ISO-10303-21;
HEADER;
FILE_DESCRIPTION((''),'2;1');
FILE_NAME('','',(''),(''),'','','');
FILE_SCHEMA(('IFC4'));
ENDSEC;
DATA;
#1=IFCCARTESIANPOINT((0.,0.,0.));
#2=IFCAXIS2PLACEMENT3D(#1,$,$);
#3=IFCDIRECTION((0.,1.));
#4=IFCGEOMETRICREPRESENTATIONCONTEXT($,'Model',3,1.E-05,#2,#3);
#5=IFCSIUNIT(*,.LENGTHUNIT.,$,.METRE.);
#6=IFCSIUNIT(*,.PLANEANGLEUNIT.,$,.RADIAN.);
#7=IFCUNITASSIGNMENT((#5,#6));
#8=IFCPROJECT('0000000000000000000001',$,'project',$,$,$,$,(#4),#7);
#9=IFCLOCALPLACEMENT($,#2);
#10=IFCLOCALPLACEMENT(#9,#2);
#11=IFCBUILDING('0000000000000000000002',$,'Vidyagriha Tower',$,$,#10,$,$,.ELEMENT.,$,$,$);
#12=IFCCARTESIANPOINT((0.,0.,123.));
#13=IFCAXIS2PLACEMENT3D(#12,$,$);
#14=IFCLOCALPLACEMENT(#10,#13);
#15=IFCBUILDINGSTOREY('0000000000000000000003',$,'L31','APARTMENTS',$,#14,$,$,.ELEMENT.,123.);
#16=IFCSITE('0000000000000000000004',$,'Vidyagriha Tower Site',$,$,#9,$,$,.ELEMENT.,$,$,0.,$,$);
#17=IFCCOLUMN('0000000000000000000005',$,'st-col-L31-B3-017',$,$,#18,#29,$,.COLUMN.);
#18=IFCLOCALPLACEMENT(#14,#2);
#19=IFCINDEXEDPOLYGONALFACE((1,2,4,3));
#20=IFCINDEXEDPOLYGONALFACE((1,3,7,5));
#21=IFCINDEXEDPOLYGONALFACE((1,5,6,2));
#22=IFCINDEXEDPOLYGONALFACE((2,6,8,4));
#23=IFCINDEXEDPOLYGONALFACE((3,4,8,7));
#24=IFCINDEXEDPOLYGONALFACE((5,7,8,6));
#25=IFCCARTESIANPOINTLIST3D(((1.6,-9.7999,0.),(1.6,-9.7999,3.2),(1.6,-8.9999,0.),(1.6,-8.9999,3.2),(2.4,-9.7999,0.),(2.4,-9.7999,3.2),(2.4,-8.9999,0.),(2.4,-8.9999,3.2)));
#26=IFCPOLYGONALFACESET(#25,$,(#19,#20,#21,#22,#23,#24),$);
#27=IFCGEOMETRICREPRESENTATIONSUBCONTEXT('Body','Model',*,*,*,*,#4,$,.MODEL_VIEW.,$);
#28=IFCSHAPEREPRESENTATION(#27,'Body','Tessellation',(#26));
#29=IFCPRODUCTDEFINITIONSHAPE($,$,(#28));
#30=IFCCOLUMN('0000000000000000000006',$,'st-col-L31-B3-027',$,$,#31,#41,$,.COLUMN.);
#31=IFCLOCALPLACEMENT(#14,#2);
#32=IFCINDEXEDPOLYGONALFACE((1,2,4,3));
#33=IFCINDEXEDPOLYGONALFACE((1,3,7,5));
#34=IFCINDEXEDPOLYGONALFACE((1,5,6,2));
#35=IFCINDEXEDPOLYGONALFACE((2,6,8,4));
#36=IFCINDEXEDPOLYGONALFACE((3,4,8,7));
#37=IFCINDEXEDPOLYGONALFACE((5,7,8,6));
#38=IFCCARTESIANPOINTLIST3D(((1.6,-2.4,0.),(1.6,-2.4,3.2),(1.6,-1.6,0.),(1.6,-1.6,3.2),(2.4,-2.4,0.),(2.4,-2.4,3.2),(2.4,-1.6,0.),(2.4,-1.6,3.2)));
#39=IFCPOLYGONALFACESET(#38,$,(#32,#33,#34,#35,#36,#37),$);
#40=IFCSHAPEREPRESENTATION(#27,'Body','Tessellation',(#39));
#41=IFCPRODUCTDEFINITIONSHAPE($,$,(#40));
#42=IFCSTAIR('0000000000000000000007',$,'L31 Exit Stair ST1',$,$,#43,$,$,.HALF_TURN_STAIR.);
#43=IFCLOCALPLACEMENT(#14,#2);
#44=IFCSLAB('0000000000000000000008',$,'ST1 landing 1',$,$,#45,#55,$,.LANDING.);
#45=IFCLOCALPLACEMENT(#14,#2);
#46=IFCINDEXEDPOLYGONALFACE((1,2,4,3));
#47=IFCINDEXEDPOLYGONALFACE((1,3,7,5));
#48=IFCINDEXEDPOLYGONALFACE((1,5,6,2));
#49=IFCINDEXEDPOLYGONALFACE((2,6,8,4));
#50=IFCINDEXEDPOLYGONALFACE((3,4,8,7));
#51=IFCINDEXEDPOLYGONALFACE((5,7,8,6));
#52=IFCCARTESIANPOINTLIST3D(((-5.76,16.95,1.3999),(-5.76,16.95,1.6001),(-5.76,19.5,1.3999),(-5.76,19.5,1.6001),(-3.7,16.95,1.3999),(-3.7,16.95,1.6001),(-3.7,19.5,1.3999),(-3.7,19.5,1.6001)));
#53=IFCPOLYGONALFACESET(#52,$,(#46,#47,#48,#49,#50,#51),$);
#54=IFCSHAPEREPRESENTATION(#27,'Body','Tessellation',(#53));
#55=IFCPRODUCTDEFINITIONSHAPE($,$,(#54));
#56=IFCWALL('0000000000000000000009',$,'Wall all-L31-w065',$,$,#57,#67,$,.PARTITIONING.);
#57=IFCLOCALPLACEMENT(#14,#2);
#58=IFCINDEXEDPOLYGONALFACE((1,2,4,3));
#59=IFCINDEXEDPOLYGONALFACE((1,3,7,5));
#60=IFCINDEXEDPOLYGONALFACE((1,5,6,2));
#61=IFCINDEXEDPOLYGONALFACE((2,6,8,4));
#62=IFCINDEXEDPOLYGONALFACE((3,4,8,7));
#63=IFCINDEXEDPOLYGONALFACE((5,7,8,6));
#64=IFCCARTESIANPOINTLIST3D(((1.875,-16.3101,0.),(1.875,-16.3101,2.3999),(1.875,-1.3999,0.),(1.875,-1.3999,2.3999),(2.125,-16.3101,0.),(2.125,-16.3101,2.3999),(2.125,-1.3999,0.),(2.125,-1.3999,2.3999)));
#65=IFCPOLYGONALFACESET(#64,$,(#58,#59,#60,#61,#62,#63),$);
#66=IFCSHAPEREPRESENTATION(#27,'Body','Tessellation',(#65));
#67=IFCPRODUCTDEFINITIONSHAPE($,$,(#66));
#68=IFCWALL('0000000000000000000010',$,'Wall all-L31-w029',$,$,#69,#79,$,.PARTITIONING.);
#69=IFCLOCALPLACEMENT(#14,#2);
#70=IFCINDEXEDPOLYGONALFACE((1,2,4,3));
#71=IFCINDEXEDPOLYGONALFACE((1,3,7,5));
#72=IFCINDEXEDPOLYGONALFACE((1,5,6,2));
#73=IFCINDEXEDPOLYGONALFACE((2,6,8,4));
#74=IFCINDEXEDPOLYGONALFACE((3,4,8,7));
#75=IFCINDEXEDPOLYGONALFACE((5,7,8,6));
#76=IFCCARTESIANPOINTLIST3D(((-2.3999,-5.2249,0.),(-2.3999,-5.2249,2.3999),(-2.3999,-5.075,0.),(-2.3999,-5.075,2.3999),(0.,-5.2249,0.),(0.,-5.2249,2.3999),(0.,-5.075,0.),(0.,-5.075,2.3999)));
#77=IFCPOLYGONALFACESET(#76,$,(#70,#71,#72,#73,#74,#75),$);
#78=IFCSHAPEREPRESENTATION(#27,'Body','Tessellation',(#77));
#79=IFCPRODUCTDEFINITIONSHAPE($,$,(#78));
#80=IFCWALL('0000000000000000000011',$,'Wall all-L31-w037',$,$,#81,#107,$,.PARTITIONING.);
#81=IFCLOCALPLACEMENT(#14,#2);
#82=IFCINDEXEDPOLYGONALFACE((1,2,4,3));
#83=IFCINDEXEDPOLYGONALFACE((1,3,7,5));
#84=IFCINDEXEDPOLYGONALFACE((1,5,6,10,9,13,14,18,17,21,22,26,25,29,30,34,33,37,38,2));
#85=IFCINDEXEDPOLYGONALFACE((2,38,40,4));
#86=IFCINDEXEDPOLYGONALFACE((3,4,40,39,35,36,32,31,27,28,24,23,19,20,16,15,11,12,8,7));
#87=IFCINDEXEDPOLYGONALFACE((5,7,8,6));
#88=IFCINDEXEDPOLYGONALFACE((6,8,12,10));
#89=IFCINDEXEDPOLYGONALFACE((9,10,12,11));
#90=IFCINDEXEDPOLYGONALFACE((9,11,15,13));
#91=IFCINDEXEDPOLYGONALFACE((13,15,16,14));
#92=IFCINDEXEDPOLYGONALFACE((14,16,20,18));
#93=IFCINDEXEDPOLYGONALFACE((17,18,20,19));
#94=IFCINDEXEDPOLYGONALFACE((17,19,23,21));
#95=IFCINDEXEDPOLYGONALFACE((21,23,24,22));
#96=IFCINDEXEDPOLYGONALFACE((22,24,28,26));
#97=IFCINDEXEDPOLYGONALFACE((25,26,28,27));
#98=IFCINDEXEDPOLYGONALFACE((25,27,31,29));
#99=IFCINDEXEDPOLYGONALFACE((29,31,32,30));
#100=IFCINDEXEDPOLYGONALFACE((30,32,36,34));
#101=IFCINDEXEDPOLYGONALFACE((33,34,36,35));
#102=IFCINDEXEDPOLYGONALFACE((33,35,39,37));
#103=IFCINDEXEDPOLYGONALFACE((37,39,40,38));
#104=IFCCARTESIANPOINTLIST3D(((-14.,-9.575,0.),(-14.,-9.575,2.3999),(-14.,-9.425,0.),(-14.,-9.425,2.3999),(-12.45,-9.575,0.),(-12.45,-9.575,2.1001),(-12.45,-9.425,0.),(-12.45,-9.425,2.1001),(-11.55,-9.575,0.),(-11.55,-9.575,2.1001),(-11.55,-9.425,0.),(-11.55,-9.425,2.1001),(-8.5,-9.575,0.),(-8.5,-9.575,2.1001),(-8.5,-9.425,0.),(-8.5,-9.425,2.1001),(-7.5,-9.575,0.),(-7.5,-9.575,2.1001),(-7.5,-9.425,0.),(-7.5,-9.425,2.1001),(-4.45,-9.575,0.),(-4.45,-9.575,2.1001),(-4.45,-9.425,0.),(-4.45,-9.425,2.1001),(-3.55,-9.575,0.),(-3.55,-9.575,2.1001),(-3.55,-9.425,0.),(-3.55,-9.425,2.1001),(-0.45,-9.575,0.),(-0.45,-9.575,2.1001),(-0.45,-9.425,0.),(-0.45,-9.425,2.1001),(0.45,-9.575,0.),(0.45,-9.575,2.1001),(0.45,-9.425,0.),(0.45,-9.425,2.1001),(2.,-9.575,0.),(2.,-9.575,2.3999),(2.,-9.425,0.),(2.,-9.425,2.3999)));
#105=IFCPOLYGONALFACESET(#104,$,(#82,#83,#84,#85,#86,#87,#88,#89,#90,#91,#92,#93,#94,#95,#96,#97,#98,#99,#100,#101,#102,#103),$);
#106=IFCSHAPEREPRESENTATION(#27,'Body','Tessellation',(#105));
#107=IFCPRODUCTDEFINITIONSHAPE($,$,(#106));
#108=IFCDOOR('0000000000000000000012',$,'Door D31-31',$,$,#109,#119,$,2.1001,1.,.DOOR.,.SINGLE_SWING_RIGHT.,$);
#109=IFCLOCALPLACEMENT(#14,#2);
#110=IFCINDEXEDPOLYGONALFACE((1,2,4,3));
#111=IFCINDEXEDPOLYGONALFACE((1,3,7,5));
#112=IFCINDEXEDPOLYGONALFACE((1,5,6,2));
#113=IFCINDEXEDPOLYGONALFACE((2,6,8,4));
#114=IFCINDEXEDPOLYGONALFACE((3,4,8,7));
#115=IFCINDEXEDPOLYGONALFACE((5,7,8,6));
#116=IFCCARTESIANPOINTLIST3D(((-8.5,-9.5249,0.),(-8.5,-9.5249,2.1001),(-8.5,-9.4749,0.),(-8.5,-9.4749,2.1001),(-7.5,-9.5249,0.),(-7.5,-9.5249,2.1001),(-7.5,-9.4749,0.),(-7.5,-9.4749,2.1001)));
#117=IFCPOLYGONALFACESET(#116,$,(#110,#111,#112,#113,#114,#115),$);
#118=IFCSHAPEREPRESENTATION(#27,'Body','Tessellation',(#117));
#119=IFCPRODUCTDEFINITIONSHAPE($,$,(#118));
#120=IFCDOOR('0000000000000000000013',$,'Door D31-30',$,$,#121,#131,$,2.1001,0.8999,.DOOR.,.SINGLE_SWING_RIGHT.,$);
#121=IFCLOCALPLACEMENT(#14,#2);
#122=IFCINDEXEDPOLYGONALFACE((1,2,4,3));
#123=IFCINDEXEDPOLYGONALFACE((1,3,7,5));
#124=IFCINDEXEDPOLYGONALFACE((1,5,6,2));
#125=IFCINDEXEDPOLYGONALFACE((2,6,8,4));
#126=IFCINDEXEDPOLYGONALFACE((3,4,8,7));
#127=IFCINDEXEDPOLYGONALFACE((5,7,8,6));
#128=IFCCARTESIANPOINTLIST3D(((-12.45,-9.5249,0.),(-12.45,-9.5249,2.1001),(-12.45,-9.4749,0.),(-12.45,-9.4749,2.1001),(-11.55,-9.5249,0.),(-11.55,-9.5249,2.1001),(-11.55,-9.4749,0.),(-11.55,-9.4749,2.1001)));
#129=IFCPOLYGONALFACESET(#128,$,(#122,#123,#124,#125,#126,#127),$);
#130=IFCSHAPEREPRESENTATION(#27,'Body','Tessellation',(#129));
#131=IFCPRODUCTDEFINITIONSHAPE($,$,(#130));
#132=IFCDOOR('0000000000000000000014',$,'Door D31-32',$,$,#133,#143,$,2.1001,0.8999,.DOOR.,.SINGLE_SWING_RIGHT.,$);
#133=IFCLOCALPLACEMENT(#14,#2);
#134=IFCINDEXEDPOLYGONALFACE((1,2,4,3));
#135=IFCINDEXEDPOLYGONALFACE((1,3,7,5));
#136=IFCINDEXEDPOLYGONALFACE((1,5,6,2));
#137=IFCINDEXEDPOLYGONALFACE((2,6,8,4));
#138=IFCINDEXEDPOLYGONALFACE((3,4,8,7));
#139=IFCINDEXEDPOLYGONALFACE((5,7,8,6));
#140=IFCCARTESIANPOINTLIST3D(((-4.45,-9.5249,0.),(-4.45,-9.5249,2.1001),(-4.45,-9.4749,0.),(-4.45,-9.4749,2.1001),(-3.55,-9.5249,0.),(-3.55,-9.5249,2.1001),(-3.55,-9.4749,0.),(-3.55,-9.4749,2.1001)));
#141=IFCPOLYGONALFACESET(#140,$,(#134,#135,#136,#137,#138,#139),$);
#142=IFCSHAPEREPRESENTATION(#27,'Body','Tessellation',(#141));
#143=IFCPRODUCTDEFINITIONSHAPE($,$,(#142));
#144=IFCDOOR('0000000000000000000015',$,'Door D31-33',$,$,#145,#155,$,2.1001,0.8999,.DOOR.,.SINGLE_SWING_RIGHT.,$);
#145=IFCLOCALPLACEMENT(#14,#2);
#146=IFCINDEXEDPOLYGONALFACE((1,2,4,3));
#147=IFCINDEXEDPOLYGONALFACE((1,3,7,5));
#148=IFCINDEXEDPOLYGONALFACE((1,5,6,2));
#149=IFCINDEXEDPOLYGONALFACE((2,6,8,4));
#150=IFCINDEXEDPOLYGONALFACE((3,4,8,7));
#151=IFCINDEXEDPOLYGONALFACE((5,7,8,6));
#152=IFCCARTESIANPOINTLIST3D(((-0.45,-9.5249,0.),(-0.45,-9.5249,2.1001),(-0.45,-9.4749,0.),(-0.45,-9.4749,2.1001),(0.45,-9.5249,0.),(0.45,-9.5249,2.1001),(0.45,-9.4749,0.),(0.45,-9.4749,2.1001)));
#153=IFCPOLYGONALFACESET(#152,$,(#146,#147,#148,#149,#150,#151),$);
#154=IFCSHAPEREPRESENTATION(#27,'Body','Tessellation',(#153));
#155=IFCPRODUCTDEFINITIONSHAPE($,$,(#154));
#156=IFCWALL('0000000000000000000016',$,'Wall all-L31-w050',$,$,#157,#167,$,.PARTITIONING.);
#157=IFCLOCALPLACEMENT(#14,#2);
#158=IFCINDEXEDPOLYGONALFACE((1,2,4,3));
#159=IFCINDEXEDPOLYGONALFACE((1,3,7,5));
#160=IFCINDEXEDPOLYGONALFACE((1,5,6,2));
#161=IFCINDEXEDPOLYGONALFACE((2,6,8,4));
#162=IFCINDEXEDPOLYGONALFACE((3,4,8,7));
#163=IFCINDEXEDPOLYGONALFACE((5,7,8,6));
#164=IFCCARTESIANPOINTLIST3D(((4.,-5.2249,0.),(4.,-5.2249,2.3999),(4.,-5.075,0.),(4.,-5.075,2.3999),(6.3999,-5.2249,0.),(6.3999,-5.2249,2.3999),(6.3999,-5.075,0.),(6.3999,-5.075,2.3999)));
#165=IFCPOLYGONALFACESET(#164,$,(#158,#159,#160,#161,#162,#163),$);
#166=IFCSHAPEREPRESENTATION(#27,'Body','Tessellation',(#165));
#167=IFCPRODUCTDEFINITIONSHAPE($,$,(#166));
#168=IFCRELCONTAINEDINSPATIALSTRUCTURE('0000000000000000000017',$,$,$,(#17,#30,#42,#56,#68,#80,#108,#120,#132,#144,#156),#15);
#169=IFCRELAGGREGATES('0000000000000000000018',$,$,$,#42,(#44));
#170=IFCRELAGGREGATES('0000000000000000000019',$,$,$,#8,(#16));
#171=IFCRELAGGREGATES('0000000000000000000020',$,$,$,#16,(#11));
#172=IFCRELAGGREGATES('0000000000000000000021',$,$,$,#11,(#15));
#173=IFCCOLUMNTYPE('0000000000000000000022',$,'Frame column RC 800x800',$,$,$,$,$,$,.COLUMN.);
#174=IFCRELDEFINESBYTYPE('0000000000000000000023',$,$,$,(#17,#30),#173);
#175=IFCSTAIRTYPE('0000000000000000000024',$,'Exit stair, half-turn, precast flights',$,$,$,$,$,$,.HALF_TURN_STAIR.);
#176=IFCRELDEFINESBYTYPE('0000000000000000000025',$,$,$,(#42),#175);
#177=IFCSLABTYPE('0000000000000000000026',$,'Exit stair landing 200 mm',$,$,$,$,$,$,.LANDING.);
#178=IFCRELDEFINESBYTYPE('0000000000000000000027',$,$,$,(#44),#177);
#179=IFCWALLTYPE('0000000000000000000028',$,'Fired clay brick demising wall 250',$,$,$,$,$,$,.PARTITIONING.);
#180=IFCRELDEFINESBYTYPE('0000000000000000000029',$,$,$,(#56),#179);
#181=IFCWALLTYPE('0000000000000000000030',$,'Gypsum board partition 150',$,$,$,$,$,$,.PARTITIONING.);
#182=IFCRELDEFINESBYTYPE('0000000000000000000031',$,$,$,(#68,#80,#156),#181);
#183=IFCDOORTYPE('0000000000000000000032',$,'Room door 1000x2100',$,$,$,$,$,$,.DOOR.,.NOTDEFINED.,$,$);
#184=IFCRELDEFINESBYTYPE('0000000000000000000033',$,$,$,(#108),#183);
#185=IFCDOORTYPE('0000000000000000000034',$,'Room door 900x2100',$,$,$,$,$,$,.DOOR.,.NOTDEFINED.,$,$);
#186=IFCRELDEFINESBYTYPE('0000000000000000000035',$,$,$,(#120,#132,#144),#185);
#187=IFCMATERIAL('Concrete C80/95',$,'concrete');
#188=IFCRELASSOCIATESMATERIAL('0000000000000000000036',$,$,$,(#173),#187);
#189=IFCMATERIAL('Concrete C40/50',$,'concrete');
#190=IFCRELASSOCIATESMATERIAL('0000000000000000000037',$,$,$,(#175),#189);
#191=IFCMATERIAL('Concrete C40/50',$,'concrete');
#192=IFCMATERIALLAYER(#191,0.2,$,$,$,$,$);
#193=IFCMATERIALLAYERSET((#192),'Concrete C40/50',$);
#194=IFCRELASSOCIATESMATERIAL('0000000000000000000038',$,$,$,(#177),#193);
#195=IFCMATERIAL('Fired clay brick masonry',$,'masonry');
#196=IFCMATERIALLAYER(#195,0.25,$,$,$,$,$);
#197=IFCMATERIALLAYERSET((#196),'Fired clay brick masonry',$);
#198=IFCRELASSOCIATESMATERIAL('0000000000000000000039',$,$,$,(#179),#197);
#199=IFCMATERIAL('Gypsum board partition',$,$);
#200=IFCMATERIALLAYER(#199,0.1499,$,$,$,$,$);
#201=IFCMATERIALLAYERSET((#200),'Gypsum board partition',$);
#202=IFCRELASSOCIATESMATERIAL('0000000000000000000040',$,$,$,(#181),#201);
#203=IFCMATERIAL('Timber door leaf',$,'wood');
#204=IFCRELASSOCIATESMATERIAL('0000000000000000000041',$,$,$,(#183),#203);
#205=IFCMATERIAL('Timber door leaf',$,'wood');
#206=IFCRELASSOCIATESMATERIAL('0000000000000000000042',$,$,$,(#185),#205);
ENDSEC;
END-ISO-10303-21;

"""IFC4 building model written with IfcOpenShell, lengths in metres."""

from ifc_helpers import new_model, si_unit, direction, frame, frame_2d, origin, origin_2d, place, context, subcontext, project, spatial, polyline, rectangle, outline, extrude, material, layer, layer_set, material_profile, profile_set, type_object, element, fill, aggregate, save


model = new_model("IFC4")

# Units and contexts
model_context = context("Model", 3, precision=1e-05, world=origin(), true_north=direction((0.0, 1.0)))
body_context = subcontext(model_context, "Body", "Model", "MODEL_VIEW")
ifc_project = project(units=[si_unit("LENGTHUNIT", "METRE"), si_unit("PLANEANGLEUNIT", "RADIAN")], contexts=[model_context])

# Site, building, storey
site_placement = place(None, origin())
site = spatial("IfcSite", under=ifc_project, at=site_placement, Name="Vidyagriha Tower Site", CompositionType="ELEMENT", RefElevation=0.0)
building_placement = place(site_placement, origin())
building = spatial("IfcBuilding", under=site, at=building_placement, Name="Vidyagriha Tower", CompositionType="ELEMENT")
storey_placement = place(building_placement, frame((0.0, 0.0, 123.0)))
storey = spatial("IfcBuildingStorey", under=building, at=storey_placement, Name="L31", Description="APARTMENTS", CompositionType="ELEMENT", Elevation=123.0)

# Columns
ifc_material_1 = material(Name="Concrete C80/95", Category="concrete")
ifc_material_profile = material_profile(ifc_material_1, rectangle(XDim=0.8, YDim=0.8, at=origin_2d()), Name="RC 800x800")
ifc_profile_set = profile_set([ifc_material_profile], Name="Concrete C80/95")
column_type = type_object("IfcColumnType", Name="Frame column RC 800x800", PredefinedType="COLUMN", material=ifc_profile_set)
for number, where, name in (
    (1, (2.0, -9.3999, 0.0), "st-col-L31-B3-017"),
    (2, (2.0, -2.0, 0.0), "st-col-L31-B3-027"),
):
    element("IfcColumn", number, at=place(storey_placement, frame(where)), inside=storey, type_object=column_type, Name=name, PredefinedType="COLUMN", context=body_context, shape_type="SweptSolid", body=[
        extrude(rectangle(XDim=0.8, YDim=0.8, at=origin_2d()), origin(), (0.0, 0.0, 1.0), 3.2),
    ])

# Stair, slab
ifc_material_2 = material(Name="Concrete C40/50", Category="concrete")
stair_type = type_object("IfcStairType", Name="Exit stair, half-turn, precast flights", PredefinedType="HALF_TURN_STAIR", material=ifc_material_2)
stair_placement = place(storey_placement, origin())
stair = element("IfcStair", 3, at=stair_placement, inside=storey, type_object=stair_type, Name="L31 Exit Stair ST1", PredefinedType="HALF_TURN_STAIR")
ifc_material_3 = material(Name="Concrete C40/50", Category="concrete")
ifc_layer_1 = layer(ifc_material_3, 0.2)
ifc_layer_set_1 = layer_set([ifc_layer_1], Name="Concrete C40/50")
slab_type = type_object("IfcSlabType", Name="Exit stair landing 200 mm", PredefinedType="LANDING", material=ifc_layer_set_1)
slab_placement = place(storey_placement, frame((0.0, 0.0, 1.3999)))
slab = element("IfcSlab", 4, at=slab_placement, type_object=slab_type, Name="ST1 landing 1", PredefinedType="LANDING", context=body_context, shape_type="SweptSolid", body=[
    extrude(outline(polyline([(-5.76, 16.95), (-3.7, 16.95), (-3.7, 19.5), (-5.76, 19.5), (-5.76, 16.95)])), origin(), (0.0, 0.0, 1.0), 0.2002),
])
aggregate(stair, [slab])

# Walls
ifc_material_4 = material(Name="Fired clay brick masonry", Category="masonry")
ifc_layer_2 = layer(ifc_material_4, 0.25)
ifc_layer_set_2 = layer_set([ifc_layer_2], Name="Fired clay brick masonry")
wall_type_1 = type_object("IfcWallType", Name="Fired clay brick demising wall 250", PredefinedType="PARTITIONING", material=ifc_layer_set_2)
wall_1_placement = place(storey_placement, frame((2.0, -1.3999, 0.0), z_axis=(0.0, 0.0, 1.0), x_axis=(0.0, -1.0, 0.0)))
element("IfcWall", 5, at=wall_1_placement, inside=storey, type_object=wall_type_1, Name="Wall all-L31-w065", PredefinedType="PARTITIONING", context=body_context, shape_type="SweptSolid", body=[
    extrude(rectangle(XDim=14.9102, YDim=0.25, at=frame_2d((7.4551, 0.0))), origin(), (0.0, 0.0, 1.0), 2.3999),
])
ifc_material_5 = material(Name="Gypsum board partition")
ifc_layer_3 = layer(ifc_material_5, 0.1499)
ifc_layer_set_3 = layer_set([ifc_layer_3], Name="Gypsum board partition")
wall_type_2 = type_object("IfcWallType", Name="Gypsum board partition 150", PredefinedType="PARTITIONING", material=ifc_layer_set_3)
wall_2_placement = place(storey_placement, frame((0.0, -5.1499, 0.0), z_axis=(0.0, 0.0, 1.0), x_axis=(-1.0, 0.0, 0.0)))
element("IfcWall", 6, at=wall_2_placement, inside=storey, type_object=wall_type_2, Name="Wall all-L31-w029", PredefinedType="PARTITIONING", context=body_context, shape_type="SweptSolid", body=[
    extrude(rectangle(XDim=2.3999, YDim=0.1499, at=frame_2d((1.2, 0.0))), origin(), (0.0, 0.0, 1.0), 2.3999),
])

# Wall, openings, doors
wall_3_placement = place(storey_placement, frame((2.0, -9.5, 0.0), z_axis=(0.0, 0.0, 1.0), x_axis=(-1.0, 0.0, 0.0)))
wall_3 = element("IfcWall", 7, at=wall_3_placement, inside=storey, type_object=wall_type_2, Name="Wall all-L31-w037", PredefinedType="PARTITIONING", context=body_context, shape_type="SweptSolid", body=[
    extrude(rectangle(XDim=16.0, YDim=0.1499, at=frame_2d((8.0, 0.0))), origin(), (0.0, 0.0, 1.0), 2.3999),
])
opening_1_placement = place(wall_3_placement, frame((13.55, 0.0, 0.0)))
opening_1 = element("IfcOpeningElement", 8, at=opening_1_placement, cuts=wall_3, PredefinedType="OPENING", context=body_context, shape_type="SweptSolid", body=[
    extrude(rectangle(XDim=0.8999, YDim=2.1001, at=frame_2d((0.45, 1.05))), frame((0.0, 0.085, 0.0), z_axis=(0.0, -1.0, 0.0), x_axis=(1.0, 0.0, 0.0)), (0.0, 0.0, 1.0), 0.1699),
])
opening_2_placement = place(wall_3_placement, frame((9.5, 0.0, 0.0)))
opening_2 = element("IfcOpeningElement", 9, at=opening_2_placement, cuts=wall_3, PredefinedType="OPENING", context=body_context, shape_type="SweptSolid", body=[
    extrude(rectangle(XDim=1.0, YDim=2.1001, at=frame_2d((0.5, 1.05))), frame((0.0, 0.085, 0.0), z_axis=(0.0, -1.0, 0.0), x_axis=(1.0, 0.0, 0.0)), (0.0, 0.0, 1.0), 0.1699),
])
opening_3_placement = place(wall_3_placement, frame((5.55, 0.0, 0.0)))
opening_3 = element("IfcOpeningElement", 10, at=opening_3_placement, cuts=wall_3, PredefinedType="OPENING", context=body_context, shape_type="SweptSolid", body=[
    extrude(rectangle(XDim=0.8999, YDim=2.1001, at=frame_2d((0.45, 1.05))), frame((0.0, 0.085, 0.0), z_axis=(0.0, -1.0, 0.0), x_axis=(1.0, 0.0, 0.0)), (0.0, 0.0, 1.0), 0.1699),
])
opening_4_placement = place(wall_3_placement, frame((1.55, 0.0, 0.0)))
opening_4 = element("IfcOpeningElement", 11, at=opening_4_placement, cuts=wall_3, PredefinedType="OPENING", context=body_context, shape_type="SweptSolid", body=[
    extrude(rectangle(XDim=0.8999, YDim=2.1001, at=frame_2d((0.45, 1.05))), frame((0.0, 0.085, 0.0), z_axis=(0.0, -1.0, 0.0), x_axis=(1.0, 0.0, 0.0)), (0.0, 0.0, 1.0), 0.1699),
])
ifc_material_6 = material(Name="Timber door leaf", Category="wood")
door_type_1 = type_object("IfcDoorType", Name="Room door 1000x2100", OperationType="NOTDEFINED", PredefinedType="DOOR", material=ifc_material_6)
door_1_placement = place(opening_2_placement, origin())
door_1 = element("IfcDoor", 12, at=door_1_placement, inside=storey, type_object=door_type_1, Name="Door D31-31", OperationType="SINGLE_SWING_RIGHT", OverallHeight=2.1001, OverallWidth=1.0, PredefinedType="DOOR", context=body_context, shape_type="SweptSolid", body=[
    extrude(rectangle(XDim=1.0, YDim=2.1001, at=frame_2d((0.5, 1.05))), frame((0.0, 0.0249, 0.0), z_axis=(0.0, -1.0, 0.0), x_axis=(1.0, 0.0, 0.0)), (0.0, 0.0, 1.0), 0.05),
])
fill(opening_2, door_1)
ifc_material_7 = material(Name="Timber door leaf", Category="wood")
door_type_2 = type_object("IfcDoorType", Name="Room door 900x2100", OperationType="NOTDEFINED", PredefinedType="DOOR", material=ifc_material_7)
door_2_placement = place(opening_1_placement, origin())
door_2 = element("IfcDoor", 13, at=door_2_placement, inside=storey, type_object=door_type_2, Name="Door D31-30", OperationType="SINGLE_SWING_RIGHT", OverallHeight=2.1001, OverallWidth=0.8999, PredefinedType="DOOR", context=body_context, shape_type="SweptSolid", body=[
    extrude(rectangle(XDim=0.8999, YDim=2.1001, at=frame_2d((0.45, 1.05))), frame((0.0, 0.0249, 0.0), z_axis=(0.0, -1.0, 0.0), x_axis=(1.0, 0.0, 0.0)), (0.0, 0.0, 1.0), 0.05),
])
fill(opening_1, door_2)
door_3_placement = place(opening_3_placement, origin())
door_3 = element("IfcDoor", 14, at=door_3_placement, inside=storey, type_object=door_type_2, Name="Door D31-32", OperationType="SINGLE_SWING_RIGHT", OverallHeight=2.1001, OverallWidth=0.8999, PredefinedType="DOOR", context=body_context, shape_type="SweptSolid", body=[
    extrude(rectangle(XDim=0.8999, YDim=2.1001, at=frame_2d((0.45, 1.05))), frame((0.0, 0.0249, 0.0), z_axis=(0.0, -1.0, 0.0), x_axis=(1.0, 0.0, 0.0)), (0.0, 0.0, 1.0), 0.05),
])
fill(opening_3, door_3)
door_4_placement = place(opening_4_placement, origin())
door_4 = element("IfcDoor", 15, at=door_4_placement, inside=storey, type_object=door_type_2, Name="Door D31-33", OperationType="SINGLE_SWING_RIGHT", OverallHeight=2.1001, OverallWidth=0.8999, PredefinedType="DOOR", context=body_context, shape_type="SweptSolid", body=[
    extrude(rectangle(XDim=0.8999, YDim=2.1001, at=frame_2d((0.45, 1.05))), frame((0.0, 0.0249, 0.0), z_axis=(0.0, -1.0, 0.0), x_axis=(1.0, 0.0, 0.0)), (0.0, 0.0, 1.0), 0.05),
])
fill(opening_4, door_4)

# Wall
wall_4_placement = place(storey_placement, frame((6.3999, -5.1499, 0.0), z_axis=(0.0, 0.0, 1.0), x_axis=(-1.0, 0.0, 0.0)))
element("IfcWall", 16, at=wall_4_placement, inside=storey, type_object=wall_type_2, Name="Wall all-L31-w050", PredefinedType="PARTITIONING", context=body_context, shape_type="SweptSolid", body=[
    extrude(rectangle(XDim=2.3999, YDim=0.1499, at=frame_2d((1.2, 0.0))), origin(), (0.0, 0.0, 1.0), 2.3999),
])

save(model, "model.ifc")
